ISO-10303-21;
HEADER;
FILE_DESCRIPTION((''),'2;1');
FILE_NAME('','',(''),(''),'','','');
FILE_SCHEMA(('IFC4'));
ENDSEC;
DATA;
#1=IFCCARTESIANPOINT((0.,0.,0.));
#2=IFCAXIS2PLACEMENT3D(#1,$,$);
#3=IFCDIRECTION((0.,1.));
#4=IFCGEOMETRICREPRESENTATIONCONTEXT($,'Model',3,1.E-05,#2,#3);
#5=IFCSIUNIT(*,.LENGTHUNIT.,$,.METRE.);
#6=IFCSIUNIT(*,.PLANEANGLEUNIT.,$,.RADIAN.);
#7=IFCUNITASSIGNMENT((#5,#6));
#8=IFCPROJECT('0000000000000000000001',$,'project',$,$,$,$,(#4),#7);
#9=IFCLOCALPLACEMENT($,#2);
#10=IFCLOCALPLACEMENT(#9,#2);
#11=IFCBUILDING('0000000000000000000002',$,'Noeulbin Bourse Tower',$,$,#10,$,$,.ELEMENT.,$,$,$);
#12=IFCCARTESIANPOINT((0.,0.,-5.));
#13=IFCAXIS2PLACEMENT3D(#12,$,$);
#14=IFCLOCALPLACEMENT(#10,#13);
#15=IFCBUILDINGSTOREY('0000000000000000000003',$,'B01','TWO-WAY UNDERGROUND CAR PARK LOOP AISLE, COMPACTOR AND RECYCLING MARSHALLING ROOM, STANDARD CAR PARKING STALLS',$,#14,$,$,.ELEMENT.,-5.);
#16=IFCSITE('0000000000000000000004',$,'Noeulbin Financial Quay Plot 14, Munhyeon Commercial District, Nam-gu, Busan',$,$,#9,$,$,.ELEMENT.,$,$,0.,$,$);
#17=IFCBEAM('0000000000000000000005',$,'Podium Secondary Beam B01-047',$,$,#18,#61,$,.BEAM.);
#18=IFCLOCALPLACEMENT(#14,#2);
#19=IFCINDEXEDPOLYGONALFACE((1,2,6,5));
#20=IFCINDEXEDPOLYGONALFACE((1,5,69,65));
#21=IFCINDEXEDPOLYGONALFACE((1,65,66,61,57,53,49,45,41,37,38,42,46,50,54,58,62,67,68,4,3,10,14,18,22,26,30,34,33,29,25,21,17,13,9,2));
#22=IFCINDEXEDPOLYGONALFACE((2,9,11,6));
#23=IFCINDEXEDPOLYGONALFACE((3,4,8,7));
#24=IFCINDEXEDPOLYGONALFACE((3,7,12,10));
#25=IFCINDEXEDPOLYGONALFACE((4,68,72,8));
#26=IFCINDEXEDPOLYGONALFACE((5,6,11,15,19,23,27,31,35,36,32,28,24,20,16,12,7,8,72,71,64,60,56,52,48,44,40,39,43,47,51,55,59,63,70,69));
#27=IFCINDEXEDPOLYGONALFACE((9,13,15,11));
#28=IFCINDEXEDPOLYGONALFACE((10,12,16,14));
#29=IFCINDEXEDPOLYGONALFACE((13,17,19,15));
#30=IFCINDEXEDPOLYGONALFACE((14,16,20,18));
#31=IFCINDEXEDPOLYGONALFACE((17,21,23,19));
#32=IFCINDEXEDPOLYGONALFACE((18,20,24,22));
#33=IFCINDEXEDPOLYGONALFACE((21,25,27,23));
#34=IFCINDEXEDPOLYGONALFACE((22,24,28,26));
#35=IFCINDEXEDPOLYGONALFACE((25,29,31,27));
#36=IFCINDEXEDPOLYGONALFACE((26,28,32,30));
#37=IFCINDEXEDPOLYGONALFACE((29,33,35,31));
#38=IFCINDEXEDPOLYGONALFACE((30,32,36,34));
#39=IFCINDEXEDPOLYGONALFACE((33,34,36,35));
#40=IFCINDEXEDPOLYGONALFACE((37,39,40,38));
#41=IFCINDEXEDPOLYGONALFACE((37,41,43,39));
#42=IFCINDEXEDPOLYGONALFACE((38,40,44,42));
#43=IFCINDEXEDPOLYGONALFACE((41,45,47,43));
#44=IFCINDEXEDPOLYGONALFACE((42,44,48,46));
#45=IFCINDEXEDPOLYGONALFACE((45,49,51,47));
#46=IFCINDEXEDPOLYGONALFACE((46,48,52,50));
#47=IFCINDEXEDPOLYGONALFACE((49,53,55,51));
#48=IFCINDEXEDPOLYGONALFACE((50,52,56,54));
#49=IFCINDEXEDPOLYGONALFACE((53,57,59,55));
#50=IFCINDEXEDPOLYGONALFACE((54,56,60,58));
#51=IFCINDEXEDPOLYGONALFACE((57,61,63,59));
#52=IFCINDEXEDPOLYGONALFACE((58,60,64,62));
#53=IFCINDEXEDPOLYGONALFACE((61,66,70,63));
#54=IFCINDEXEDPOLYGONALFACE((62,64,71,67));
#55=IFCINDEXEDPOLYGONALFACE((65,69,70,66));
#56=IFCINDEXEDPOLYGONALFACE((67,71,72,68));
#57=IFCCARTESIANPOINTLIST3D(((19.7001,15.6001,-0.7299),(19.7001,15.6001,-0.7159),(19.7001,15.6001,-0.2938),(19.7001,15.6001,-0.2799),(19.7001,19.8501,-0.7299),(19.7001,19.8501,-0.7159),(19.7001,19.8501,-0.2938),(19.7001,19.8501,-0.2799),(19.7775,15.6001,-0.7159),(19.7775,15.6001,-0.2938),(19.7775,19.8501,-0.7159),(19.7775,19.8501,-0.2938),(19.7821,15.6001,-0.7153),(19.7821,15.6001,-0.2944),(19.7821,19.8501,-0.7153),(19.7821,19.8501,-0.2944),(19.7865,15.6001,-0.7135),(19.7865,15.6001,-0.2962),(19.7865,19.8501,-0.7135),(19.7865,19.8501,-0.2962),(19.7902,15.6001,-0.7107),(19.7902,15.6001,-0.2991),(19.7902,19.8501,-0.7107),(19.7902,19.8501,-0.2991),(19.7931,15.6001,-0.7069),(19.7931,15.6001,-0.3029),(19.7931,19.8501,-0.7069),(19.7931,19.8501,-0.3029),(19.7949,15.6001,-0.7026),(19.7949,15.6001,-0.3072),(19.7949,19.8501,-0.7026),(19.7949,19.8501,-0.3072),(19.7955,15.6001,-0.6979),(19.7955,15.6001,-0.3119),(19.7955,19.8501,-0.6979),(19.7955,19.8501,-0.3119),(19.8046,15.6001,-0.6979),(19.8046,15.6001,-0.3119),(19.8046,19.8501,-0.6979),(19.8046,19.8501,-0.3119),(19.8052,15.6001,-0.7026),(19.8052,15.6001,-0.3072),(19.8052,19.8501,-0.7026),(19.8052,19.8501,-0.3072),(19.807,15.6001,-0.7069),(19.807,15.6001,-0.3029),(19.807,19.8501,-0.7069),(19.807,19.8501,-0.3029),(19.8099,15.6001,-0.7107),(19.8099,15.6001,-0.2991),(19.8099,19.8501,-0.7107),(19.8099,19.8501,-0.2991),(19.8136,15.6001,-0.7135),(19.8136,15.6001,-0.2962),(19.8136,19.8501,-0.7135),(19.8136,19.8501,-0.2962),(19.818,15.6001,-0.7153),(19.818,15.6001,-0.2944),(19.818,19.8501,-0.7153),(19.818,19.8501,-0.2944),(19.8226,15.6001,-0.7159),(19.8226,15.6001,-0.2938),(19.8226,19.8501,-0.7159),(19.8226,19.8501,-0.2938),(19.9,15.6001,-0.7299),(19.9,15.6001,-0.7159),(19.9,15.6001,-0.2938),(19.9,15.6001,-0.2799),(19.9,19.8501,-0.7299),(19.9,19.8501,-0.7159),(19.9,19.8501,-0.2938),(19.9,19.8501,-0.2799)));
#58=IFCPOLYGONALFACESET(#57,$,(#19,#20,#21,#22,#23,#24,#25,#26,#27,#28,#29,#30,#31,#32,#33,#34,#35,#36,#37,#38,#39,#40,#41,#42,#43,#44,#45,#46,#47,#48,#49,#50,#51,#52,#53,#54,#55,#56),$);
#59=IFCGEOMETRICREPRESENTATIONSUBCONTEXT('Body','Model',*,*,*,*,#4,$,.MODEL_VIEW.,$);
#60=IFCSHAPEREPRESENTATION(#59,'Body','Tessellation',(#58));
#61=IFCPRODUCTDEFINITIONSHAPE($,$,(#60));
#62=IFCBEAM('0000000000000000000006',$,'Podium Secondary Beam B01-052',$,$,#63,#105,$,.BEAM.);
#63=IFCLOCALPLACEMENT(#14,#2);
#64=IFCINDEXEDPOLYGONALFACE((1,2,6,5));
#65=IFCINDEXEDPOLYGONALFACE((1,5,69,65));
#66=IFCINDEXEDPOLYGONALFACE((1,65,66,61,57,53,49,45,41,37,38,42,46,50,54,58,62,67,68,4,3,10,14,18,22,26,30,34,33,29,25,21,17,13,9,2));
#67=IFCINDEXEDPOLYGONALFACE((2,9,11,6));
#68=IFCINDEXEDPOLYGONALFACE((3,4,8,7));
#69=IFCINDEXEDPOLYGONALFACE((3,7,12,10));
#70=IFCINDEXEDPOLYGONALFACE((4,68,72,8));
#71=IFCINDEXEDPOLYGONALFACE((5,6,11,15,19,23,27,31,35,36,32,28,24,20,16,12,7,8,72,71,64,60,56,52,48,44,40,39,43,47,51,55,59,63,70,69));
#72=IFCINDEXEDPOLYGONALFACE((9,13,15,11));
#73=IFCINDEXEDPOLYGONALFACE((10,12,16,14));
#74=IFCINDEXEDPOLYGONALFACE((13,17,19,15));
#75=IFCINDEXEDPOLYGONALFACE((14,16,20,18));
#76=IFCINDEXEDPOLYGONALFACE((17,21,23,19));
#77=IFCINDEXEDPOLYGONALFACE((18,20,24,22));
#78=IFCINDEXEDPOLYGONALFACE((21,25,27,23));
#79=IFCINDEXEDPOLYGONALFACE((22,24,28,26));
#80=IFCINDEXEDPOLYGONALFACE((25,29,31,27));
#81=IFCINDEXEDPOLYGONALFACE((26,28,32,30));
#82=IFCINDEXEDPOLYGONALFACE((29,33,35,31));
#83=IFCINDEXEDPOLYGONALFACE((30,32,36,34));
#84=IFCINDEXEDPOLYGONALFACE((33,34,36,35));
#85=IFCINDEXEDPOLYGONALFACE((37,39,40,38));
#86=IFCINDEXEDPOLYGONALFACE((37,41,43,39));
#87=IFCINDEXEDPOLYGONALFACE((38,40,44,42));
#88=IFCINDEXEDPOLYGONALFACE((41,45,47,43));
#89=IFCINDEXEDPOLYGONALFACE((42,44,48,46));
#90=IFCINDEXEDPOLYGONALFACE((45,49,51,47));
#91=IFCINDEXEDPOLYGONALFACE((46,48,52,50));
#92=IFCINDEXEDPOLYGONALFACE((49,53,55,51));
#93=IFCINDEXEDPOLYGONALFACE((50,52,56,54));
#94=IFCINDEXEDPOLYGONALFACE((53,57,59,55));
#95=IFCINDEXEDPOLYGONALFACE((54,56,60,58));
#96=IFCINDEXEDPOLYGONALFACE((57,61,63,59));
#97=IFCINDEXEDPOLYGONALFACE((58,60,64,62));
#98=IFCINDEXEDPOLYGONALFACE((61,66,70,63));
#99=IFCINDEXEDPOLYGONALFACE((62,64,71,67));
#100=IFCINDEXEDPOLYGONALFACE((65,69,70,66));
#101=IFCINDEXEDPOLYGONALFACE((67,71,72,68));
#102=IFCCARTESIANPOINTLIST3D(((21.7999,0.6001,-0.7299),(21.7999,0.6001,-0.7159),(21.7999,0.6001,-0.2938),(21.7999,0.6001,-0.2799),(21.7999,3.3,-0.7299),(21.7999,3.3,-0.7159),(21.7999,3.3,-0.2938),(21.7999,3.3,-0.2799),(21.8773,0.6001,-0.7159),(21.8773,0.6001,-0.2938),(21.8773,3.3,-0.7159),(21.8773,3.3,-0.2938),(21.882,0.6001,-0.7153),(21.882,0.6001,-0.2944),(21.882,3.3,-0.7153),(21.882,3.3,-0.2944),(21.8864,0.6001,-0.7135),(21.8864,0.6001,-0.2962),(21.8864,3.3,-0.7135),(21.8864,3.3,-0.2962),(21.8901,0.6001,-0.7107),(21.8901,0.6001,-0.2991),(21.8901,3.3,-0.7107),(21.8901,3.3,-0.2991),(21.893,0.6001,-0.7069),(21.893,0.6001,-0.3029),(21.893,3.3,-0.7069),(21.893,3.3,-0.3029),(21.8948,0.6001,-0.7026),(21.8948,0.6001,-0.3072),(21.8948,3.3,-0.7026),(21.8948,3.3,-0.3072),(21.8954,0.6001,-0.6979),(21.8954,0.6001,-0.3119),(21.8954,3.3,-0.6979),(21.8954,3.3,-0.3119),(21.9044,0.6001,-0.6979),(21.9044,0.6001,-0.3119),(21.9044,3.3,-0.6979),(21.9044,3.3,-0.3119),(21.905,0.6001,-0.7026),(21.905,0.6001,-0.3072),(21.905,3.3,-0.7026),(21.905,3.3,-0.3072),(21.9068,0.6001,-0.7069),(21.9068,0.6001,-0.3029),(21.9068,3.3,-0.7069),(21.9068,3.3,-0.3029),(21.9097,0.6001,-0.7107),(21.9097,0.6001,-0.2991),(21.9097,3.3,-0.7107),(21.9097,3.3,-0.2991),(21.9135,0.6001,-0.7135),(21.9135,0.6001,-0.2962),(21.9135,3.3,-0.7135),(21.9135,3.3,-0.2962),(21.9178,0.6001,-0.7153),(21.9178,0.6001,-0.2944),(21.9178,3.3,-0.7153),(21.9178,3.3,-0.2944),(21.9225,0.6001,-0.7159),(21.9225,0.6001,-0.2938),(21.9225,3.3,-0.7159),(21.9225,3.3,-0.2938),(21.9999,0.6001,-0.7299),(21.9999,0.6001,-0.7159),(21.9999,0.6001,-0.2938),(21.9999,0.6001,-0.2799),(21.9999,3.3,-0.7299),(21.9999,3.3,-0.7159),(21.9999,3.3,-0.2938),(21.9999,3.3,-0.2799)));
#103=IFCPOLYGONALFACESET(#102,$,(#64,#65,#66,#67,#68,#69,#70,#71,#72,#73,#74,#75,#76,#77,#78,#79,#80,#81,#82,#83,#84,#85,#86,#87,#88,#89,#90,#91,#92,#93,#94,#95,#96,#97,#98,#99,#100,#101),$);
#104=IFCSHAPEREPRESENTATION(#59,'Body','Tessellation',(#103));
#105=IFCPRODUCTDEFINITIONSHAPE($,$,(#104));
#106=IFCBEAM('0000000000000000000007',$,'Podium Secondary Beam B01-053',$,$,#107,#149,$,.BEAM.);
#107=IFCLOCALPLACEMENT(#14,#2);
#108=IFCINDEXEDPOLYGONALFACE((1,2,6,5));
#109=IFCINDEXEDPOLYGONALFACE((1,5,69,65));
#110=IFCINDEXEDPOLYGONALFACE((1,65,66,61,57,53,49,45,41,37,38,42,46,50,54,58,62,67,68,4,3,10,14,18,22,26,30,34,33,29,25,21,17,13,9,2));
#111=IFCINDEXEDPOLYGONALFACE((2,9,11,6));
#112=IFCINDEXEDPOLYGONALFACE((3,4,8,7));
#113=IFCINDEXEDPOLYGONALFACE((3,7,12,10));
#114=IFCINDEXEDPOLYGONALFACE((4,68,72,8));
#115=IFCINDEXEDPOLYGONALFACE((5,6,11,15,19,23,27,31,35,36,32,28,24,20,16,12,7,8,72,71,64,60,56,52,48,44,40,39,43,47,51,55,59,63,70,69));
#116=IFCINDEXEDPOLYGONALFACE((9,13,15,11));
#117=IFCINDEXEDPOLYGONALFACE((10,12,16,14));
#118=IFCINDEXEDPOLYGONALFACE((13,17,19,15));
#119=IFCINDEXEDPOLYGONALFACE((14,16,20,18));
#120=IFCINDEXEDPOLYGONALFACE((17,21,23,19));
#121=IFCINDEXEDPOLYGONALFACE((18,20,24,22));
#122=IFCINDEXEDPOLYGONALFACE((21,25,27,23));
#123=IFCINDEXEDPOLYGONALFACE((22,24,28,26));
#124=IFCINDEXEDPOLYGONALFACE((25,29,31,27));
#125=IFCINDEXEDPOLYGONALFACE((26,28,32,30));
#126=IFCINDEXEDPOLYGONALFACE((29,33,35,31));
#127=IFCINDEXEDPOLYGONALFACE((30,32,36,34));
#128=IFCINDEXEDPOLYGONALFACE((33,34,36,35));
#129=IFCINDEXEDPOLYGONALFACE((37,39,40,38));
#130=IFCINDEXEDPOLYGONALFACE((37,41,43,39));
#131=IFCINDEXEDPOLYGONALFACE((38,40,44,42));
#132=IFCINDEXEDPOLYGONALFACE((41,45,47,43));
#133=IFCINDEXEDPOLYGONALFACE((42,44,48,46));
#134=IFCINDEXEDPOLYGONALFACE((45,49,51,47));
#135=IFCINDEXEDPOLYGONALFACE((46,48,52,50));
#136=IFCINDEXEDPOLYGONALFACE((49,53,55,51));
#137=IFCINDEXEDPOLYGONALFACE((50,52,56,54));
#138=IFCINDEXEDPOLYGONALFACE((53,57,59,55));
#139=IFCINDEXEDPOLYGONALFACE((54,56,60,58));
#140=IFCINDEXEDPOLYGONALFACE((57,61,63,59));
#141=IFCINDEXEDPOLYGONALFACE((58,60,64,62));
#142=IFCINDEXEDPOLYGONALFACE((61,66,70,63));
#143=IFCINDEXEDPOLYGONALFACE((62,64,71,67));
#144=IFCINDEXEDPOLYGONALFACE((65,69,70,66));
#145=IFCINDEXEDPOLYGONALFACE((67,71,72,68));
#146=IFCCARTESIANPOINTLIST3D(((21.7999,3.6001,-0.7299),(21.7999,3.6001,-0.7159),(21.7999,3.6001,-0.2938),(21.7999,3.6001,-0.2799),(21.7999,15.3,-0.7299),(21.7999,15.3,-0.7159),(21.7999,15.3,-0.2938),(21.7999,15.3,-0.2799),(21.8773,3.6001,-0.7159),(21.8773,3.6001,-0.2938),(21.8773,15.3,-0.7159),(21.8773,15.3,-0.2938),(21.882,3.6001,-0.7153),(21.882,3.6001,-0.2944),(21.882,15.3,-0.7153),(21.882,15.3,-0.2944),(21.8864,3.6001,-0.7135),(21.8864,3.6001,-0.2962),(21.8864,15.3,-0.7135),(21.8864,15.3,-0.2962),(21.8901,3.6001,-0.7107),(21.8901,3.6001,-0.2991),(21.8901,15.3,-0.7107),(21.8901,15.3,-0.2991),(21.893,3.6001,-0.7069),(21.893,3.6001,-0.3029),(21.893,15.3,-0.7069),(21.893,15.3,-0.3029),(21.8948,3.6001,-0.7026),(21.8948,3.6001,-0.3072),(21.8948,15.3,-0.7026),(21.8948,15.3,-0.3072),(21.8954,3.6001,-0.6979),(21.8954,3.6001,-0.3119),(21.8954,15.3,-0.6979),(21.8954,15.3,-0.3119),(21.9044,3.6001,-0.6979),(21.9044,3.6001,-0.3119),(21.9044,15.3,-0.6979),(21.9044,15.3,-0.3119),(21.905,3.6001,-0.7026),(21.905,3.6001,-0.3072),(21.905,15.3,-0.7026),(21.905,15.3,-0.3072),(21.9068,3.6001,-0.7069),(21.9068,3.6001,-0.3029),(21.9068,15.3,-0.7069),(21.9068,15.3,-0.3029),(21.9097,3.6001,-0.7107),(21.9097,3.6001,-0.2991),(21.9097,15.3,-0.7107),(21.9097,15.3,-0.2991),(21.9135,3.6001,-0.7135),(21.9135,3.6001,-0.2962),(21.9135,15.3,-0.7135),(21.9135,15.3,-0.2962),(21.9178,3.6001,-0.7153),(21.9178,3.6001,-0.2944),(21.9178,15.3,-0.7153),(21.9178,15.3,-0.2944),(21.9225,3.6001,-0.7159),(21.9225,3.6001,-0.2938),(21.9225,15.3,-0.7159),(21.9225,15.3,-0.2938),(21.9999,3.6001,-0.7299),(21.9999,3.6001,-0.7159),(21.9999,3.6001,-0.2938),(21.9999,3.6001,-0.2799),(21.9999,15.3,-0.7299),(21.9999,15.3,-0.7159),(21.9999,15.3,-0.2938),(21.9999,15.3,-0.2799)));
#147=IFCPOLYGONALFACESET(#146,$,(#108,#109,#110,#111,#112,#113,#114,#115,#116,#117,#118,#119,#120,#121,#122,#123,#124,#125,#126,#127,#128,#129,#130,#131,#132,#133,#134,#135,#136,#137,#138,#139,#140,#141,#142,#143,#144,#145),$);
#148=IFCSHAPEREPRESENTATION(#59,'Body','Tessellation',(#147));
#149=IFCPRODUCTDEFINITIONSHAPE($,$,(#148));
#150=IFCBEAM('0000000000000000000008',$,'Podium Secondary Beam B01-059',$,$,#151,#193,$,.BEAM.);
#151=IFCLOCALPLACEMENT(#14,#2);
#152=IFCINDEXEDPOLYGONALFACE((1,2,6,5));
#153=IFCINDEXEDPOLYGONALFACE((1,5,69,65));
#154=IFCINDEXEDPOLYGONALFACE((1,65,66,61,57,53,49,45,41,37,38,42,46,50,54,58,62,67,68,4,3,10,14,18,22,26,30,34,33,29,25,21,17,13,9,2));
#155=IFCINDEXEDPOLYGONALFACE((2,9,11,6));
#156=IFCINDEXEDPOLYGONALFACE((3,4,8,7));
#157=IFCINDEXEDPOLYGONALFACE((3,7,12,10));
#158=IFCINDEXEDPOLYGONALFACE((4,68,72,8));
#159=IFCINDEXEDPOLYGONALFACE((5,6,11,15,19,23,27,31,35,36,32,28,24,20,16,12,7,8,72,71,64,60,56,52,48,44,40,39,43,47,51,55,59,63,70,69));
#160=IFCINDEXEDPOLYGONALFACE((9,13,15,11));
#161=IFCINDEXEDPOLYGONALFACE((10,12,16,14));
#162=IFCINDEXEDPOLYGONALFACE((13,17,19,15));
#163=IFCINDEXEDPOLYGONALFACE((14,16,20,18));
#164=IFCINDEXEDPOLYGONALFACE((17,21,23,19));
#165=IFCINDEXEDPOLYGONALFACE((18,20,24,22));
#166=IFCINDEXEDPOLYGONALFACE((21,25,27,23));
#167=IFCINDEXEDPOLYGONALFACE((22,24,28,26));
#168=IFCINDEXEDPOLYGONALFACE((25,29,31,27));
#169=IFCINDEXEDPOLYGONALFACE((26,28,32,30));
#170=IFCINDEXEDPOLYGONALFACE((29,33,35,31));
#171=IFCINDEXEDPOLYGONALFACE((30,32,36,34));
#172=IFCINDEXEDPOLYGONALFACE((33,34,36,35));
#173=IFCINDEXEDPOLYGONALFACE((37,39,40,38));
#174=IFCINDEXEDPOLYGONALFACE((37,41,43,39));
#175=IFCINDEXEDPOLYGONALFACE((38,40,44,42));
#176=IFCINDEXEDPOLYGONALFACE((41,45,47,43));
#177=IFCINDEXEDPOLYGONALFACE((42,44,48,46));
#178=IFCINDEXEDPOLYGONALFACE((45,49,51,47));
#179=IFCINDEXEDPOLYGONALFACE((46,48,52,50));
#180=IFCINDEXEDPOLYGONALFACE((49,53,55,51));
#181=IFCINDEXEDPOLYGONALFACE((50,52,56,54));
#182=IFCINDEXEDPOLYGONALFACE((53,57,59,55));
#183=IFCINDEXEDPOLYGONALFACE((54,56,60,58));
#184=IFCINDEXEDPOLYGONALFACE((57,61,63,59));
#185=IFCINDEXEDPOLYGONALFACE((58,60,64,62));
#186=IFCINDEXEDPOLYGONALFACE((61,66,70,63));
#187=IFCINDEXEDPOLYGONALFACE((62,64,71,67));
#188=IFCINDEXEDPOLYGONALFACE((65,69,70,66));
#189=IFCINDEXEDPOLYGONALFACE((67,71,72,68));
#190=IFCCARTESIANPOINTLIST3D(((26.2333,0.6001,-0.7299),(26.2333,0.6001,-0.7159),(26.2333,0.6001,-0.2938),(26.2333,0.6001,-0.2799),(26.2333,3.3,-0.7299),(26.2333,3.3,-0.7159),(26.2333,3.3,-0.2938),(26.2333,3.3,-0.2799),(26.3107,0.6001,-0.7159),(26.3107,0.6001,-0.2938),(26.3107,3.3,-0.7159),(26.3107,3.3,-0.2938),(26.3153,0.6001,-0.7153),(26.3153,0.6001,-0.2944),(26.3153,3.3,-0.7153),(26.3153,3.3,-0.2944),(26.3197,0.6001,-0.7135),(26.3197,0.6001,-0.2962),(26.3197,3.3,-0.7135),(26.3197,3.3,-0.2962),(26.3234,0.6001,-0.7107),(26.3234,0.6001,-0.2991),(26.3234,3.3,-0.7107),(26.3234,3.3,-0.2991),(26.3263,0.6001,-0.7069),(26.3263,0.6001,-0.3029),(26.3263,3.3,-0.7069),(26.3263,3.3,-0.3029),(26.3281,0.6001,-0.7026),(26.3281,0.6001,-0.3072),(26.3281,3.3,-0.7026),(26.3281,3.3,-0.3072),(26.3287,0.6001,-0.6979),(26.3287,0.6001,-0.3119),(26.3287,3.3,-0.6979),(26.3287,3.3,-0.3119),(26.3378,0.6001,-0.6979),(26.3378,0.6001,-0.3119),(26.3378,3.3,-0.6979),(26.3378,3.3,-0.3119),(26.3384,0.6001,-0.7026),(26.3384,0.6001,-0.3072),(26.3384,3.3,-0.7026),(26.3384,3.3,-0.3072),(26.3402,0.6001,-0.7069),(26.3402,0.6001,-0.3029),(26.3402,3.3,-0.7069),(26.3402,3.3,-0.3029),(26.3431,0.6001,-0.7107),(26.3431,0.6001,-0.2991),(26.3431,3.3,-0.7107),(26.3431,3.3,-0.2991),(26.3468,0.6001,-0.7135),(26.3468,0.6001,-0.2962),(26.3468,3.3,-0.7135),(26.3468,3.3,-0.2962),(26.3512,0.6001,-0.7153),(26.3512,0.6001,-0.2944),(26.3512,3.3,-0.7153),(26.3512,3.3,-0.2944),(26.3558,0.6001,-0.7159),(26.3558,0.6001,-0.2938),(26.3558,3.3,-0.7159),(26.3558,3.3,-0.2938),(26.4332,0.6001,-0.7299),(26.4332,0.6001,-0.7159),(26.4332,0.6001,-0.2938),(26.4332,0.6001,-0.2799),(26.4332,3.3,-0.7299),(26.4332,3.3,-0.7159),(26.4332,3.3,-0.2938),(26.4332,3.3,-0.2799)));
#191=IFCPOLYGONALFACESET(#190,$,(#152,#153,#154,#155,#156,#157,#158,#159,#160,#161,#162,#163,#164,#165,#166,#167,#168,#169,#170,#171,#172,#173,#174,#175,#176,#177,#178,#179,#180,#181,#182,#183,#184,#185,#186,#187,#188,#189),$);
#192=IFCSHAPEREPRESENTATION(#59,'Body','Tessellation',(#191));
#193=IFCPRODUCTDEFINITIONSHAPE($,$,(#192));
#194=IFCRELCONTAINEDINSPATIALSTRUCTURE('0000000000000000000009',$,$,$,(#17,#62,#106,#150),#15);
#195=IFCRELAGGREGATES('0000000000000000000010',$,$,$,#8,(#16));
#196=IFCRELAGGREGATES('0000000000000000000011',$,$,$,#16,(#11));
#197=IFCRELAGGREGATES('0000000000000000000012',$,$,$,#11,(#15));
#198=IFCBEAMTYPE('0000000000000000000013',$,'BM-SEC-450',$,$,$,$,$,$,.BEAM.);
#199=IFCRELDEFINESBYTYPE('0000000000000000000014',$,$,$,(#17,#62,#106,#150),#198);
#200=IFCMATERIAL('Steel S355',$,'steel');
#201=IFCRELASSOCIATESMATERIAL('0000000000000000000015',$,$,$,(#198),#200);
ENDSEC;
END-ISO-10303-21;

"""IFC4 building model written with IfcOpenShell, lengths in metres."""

from ifc_helpers import new_model, si_unit, direction, frame, origin, origin_2d, place, context, subcontext, project, spatial, i_section, extrude, material, material_profile, profile_set, type_object, element, save


model = new_model("IFC4")

# Units and contexts
model_context = context("Model", 3, precision=1e-05, world=origin(), true_north=direction((0.0, 1.0)))
body_context = subcontext(model_context, "Body", "Model", "MODEL_VIEW")
ifc_project = project(units=[si_unit("LENGTHUNIT", "METRE"), si_unit("PLANEANGLEUNIT", "RADIAN")], contexts=[model_context])

# Site, building, storey
site_placement = place(None, origin())
site = spatial("IfcSite", under=ifc_project, at=site_placement, Name="Noeulbin Financial Quay Plot 14, Munhyeon Commercial District, Nam-gu, Busan", CompositionType="ELEMENT", RefElevation=0.0)
building_placement = place(site_placement, origin())
building = spatial("IfcBuilding", under=site, at=building_placement, Name="Noeulbin Bourse Tower", CompositionType="ELEMENT")
storey_placement = place(building_placement, frame((0.0, 0.0, -5.0)))
storey = spatial("IfcBuildingStorey", under=building, at=storey_placement, Name="B01", Description="TWO-WAY UNDERGROUND CAR PARK LOOP AISLE, COMPACTOR AND RECYCLING MARSHALLING ROOM, STANDARD CAR PARKING STALLS", CompositionType="ELEMENT", Elevation=-5.0)

# Beams
ifc_material_1 = material(Name="Steel S355", Category="steel")
ifc_material_profile_1 = material_profile(ifc_material_1, i_section(OverallWidth=0.2, OverallDepth=0.45, WebThickness=0.009, FlangeThickness=0.0139, FilletRadius=0.0181, at=origin_2d()), Name="H-450x200x9x14", Category="LoadBearing")
ifc_profile_set_1 = profile_set([ifc_material_profile_1], Name="Steel S355")
beam_type_1 = type_object("IfcBeamType", Name="BM-SEC-450", PredefinedType="BEAM", material=ifc_profile_set_1)
beam_1_placement = place(storey_placement, frame((19.8, 15.6001, -0.5049), z_axis=(0.0, 1.0, 0.0), x_axis=(-1.0, 0.0, 0.0)))
element("IfcBeam", 1, at=beam_1_placement, inside=storey, type_object=beam_type_1, Name="Podium Secondary Beam B01-047", PredefinedType="BEAM", context=body_context, shape_type="SweptSolid", body=[
    extrude(i_section(OverallWidth=0.2, OverallDepth=0.45, WebThickness=0.009, FlangeThickness=0.0139, FilletRadius=0.0181, at=origin_2d()), origin(), (0.0, 0.0, 1.0), 4.25),
])
beam_2_placement = place(storey_placement, frame((21.8999, 0.6001, -0.5049), z_axis=(0.0, 1.0, 0.0), x_axis=(-1.0, 0.0, 0.0)))
element("IfcBeam", 2, at=beam_2_placement, inside=storey, type_object=beam_type_1, Name="Podium Secondary Beam B01-052", PredefinedType="BEAM", context=body_context, shape_type="SweptSolid", body=[
    extrude(i_section(OverallWidth=0.2, OverallDepth=0.45, WebThickness=0.009, FlangeThickness=0.0139, FilletRadius=0.0181, at=origin_2d()), origin(), (0.0, 0.0, 1.0), 2.7),
])
beam_3_placement = place(storey_placement, frame((21.8999, 3.6001, -0.5049), z_axis=(0.0, 1.0, 0.0), x_axis=(-1.0, 0.0, 0.0)))
element("IfcBeam", 3, at=beam_3_placement, inside=storey, type_object=beam_type_1, Name="Podium Secondary Beam B01-053", PredefinedType="BEAM", context=body_context, shape_type="SweptSolid", body=[
    extrude(i_section(OverallWidth=0.2, OverallDepth=0.45, WebThickness=0.009, FlangeThickness=0.0139, FilletRadius=0.0181, at=origin_2d()), origin(), (0.0, 0.0, 1.0), 11.7),
])
beam_4_placement = place(storey_placement, frame((26.3333, 0.6001, -0.5049), z_axis=(0.0, 1.0, 0.0), x_axis=(-1.0, 0.0, 0.0)))
element("IfcBeam", 4, at=beam_4_placement, inside=storey, type_object=beam_type_1, Name="Podium Secondary Beam B01-059", PredefinedType="BEAM", context=body_context, shape_type="SweptSolid", body=[
    extrude(i_section(OverallWidth=0.2, OverallDepth=0.45, WebThickness=0.009, FlangeThickness=0.0139, FilletRadius=0.0181, at=origin_2d()), origin(), (0.0, 0.0, 1.0), 2.7),
])

save(model, "model.ifc")
